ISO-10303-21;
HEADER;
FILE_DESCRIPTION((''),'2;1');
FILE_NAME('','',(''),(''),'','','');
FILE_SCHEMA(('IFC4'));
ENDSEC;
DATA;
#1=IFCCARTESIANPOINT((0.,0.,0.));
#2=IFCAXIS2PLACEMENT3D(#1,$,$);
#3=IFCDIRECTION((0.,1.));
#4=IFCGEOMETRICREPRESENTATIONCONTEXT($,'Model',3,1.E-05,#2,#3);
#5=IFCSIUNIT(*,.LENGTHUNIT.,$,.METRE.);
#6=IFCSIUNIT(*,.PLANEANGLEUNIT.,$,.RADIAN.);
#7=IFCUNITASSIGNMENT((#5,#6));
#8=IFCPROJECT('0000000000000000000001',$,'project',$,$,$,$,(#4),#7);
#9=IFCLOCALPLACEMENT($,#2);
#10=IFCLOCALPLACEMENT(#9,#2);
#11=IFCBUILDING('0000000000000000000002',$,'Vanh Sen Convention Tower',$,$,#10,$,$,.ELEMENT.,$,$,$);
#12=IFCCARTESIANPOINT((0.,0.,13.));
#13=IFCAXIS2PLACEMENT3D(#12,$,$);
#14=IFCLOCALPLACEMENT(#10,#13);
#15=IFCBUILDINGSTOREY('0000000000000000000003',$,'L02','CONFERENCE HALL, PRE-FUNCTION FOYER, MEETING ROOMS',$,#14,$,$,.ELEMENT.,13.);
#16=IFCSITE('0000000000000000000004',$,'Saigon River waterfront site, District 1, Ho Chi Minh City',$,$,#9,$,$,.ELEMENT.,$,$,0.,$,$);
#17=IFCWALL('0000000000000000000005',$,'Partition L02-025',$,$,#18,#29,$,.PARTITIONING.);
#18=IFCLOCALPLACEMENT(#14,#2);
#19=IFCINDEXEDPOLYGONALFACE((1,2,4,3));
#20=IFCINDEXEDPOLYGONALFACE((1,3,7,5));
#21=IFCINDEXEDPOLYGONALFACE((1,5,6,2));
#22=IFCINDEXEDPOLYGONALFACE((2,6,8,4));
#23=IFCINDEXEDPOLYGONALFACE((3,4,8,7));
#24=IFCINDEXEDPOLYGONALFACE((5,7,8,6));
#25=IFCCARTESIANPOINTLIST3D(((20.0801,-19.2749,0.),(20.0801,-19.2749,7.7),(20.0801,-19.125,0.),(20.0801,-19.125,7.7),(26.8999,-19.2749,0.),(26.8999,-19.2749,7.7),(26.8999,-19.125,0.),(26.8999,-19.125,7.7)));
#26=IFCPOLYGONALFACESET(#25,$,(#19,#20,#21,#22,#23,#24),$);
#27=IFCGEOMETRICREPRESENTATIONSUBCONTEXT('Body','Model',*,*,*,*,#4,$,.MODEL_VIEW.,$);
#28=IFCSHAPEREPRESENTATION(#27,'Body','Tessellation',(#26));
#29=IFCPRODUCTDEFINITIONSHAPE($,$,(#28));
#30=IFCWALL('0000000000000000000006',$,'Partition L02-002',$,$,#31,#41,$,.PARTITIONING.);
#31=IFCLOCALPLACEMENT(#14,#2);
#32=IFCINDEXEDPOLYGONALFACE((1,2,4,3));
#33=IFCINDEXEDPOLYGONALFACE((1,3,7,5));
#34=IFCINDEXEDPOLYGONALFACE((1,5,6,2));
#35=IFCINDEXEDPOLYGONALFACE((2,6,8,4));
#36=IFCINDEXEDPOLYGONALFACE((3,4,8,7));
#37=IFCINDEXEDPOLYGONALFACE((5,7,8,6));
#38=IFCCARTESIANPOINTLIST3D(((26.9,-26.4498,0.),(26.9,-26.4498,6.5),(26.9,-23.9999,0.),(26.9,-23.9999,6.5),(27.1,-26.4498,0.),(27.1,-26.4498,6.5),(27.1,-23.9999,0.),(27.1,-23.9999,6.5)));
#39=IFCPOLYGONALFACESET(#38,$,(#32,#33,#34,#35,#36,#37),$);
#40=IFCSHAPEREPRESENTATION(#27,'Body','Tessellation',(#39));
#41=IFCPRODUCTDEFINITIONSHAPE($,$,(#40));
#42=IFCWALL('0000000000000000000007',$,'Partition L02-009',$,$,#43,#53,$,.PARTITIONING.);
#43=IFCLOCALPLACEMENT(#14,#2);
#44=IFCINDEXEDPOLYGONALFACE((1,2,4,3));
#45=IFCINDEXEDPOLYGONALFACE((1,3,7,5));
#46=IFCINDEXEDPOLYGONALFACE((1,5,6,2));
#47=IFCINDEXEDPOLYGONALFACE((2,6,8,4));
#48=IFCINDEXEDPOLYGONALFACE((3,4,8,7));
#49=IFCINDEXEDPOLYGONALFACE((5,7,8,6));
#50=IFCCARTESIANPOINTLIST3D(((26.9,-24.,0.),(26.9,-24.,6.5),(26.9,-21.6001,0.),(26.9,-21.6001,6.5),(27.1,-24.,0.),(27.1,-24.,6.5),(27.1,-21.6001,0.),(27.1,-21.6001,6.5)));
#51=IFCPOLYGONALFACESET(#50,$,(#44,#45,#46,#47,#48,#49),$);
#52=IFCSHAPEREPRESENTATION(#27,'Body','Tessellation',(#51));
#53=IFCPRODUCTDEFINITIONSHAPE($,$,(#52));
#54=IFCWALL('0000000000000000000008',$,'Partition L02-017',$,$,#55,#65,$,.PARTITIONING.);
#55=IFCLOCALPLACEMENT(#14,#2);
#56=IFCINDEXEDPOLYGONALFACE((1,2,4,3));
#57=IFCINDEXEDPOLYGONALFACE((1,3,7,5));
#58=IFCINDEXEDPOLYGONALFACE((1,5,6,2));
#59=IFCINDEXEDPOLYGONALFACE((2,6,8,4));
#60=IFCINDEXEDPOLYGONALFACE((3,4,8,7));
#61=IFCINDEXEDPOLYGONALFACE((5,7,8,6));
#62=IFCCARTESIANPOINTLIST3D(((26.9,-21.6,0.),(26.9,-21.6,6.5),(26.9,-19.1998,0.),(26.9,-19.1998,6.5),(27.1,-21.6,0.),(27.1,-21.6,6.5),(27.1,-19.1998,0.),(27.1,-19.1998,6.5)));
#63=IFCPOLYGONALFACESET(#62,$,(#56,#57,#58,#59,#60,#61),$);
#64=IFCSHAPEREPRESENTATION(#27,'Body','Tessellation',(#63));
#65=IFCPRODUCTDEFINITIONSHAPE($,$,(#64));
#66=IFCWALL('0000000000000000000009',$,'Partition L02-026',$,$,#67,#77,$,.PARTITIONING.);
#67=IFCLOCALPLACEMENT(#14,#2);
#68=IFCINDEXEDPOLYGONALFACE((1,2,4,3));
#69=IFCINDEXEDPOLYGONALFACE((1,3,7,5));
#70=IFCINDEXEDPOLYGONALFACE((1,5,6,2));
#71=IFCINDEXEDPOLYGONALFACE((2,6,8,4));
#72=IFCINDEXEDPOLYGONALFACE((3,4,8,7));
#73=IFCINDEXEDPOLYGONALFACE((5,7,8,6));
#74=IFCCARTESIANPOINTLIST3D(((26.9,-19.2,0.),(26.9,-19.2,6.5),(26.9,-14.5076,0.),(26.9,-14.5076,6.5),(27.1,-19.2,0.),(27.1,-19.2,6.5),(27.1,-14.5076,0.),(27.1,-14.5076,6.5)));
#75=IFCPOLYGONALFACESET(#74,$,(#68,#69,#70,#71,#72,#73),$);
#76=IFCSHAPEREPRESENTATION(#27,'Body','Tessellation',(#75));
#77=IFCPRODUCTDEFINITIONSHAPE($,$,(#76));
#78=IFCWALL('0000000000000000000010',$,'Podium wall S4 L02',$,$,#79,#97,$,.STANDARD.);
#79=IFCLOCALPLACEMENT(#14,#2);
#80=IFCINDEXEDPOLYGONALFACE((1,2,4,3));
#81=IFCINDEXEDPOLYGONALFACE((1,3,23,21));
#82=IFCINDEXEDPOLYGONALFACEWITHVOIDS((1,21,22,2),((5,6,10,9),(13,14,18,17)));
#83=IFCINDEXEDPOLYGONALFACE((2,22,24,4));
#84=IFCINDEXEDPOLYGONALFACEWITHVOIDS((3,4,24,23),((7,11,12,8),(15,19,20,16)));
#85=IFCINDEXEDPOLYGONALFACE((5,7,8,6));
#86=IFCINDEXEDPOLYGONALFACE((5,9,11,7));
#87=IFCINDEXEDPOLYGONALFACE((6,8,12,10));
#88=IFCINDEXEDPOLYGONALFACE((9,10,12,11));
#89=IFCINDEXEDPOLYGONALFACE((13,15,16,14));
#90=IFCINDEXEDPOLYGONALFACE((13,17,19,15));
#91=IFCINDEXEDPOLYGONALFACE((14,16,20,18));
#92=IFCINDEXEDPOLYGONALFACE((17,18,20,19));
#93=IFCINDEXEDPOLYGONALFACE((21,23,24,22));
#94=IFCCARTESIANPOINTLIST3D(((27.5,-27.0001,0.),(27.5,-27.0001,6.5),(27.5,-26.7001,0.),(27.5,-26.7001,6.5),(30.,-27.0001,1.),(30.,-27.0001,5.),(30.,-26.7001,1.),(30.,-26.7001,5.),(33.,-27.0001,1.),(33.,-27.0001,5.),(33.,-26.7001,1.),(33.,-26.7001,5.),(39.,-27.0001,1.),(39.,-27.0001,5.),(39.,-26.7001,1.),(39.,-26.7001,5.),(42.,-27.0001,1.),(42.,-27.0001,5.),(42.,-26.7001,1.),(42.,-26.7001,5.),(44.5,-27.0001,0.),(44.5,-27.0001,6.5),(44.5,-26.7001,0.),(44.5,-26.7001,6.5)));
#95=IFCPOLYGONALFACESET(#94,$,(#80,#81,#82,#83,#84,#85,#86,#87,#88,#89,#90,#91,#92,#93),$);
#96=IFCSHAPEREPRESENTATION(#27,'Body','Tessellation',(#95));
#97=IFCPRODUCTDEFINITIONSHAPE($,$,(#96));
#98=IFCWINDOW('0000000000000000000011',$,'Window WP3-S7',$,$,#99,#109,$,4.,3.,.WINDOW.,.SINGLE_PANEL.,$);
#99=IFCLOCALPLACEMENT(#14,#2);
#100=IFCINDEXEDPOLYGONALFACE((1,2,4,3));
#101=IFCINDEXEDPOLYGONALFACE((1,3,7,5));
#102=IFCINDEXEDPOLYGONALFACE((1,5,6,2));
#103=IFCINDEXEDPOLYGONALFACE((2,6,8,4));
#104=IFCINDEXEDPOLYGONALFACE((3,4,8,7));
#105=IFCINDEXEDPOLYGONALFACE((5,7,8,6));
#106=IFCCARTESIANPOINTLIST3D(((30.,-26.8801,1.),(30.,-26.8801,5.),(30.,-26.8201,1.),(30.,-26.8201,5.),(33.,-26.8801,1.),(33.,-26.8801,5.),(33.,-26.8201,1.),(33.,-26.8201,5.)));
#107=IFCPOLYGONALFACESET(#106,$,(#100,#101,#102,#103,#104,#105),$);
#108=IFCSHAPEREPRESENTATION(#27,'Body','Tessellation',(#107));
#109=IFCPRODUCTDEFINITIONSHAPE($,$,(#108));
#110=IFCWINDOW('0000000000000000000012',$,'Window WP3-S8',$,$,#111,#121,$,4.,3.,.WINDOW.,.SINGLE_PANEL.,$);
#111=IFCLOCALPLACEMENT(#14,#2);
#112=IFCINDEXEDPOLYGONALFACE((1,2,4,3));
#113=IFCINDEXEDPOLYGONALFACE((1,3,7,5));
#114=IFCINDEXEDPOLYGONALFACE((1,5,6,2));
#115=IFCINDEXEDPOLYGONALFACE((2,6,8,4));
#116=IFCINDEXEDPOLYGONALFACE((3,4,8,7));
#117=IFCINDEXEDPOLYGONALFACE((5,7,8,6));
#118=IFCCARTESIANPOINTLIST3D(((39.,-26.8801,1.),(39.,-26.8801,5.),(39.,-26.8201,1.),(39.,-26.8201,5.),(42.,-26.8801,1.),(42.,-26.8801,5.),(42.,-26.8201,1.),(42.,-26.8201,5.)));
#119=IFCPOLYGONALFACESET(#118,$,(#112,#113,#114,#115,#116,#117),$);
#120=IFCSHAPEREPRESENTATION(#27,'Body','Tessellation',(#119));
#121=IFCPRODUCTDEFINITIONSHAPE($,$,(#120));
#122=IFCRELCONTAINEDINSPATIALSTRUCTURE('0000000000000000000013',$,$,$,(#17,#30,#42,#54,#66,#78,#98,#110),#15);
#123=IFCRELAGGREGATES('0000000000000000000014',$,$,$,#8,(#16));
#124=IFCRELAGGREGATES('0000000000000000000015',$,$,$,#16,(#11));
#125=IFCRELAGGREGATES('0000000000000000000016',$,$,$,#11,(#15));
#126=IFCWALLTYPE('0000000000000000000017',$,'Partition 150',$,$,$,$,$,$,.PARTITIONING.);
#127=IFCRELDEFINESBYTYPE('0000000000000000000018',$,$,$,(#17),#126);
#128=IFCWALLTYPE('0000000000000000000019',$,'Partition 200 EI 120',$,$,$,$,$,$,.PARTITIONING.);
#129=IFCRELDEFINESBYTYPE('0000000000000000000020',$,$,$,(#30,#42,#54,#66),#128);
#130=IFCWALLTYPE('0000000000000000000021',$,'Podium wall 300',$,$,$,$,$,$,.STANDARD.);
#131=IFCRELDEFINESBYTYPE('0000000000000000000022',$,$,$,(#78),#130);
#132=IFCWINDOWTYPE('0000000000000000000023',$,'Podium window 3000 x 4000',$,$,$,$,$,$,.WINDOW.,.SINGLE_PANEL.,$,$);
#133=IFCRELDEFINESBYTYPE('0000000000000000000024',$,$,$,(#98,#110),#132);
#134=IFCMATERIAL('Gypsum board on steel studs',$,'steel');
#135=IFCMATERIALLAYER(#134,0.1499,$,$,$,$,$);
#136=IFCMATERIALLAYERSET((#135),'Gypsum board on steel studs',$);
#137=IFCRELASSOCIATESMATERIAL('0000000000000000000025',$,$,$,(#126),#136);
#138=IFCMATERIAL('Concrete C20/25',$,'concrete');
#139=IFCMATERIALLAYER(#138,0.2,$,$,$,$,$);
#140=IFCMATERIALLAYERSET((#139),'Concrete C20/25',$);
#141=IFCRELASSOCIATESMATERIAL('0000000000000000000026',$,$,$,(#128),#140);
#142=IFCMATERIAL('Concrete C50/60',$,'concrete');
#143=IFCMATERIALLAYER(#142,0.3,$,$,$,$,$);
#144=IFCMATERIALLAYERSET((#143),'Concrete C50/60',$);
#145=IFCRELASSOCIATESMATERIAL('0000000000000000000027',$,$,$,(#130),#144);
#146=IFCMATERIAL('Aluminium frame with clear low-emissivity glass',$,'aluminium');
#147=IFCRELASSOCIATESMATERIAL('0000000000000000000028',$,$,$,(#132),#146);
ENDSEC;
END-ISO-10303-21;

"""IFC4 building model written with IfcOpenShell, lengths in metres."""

from ifc_helpers import new_model, si_unit, direction, frame, frame_2d, origin, place, context, subcontext, project, spatial, rectangle, extrude, material, layer, layer_set, type_object, element, fill, save


model = new_model("IFC4")

# Units and contexts
model_context = context("Model", 3, precision=1e-05, world=origin(), true_north=direction((0.0, 1.0)))
body_context = subcontext(model_context, "Body", "Model", "MODEL_VIEW")
ifc_project = project(units=[si_unit("LENGTHUNIT", "METRE"), si_unit("PLANEANGLEUNIT", "RADIAN")], contexts=[model_context])

# Site, building, storey
site_placement = place(None, origin())
site = spatial("IfcSite", under=ifc_project, at=site_placement, Name="Saigon River waterfront site, District 1, Ho Chi Minh City", CompositionType="ELEMENT", RefElevation=0.0)
building_placement = place(site_placement, origin())
building = spatial("IfcBuilding", under=site, at=building_placement, Name="Vanh Sen Convention Tower", CompositionType="ELEMENT")
storey_placement = place(building_placement, frame((0.0, 0.0, 13.0)))
storey = spatial("IfcBuildingStorey", under=building, at=storey_placement, Name="L02", Description="CONFERENCE HALL, PRE-FUNCTION FOYER, MEETING ROOMS", CompositionType="ELEMENT", Elevation=13.0)

# Shared definitions
ifc_material_1 = material(Name="Gypsum board on steel studs", Category="steel")
ifc_layer_1 = layer(ifc_material_1, 0.1499)
ifc_layer_set_1 = layer_set([ifc_layer_1], Name="Gypsum board on steel studs")
wall_type_1 = type_object("IfcWallType", Name="Partition 150", PredefinedType="PARTITIONING", material=ifc_layer_set_1)

# Walls
for number, where, z_axis, x_axis, name in (
    (1, (20.0801, -19.2, 0.0), (0.0, 0.0, 1.0), (1.0, 0.0, 0.0), "Partition L02-025"),
):
    element("IfcWall", number, at=place(storey_placement, frame(where, z_axis=z_axis, x_axis=x_axis)), inside=storey, type_object=wall_type_1, Name=name, PredefinedType="PARTITIONING", context=body_context, shape_type="SweptSolid", body=[
        extrude(rectangle(XDim=6.8198, YDim=0.1499, at=frame_2d((3.4099, 0.0))), origin(), (0.0, 0.0, 1.0), 7.7),
    ])
ifc_material_2 = material(Name="Concrete C20/25", Category="concrete")
ifc_layer_2 = layer(ifc_material_2, 0.2)
ifc_layer_set_2 = layer_set([ifc_layer_2], Name="Concrete C20/25")
wall_type_2 = type_object("IfcWallType", Name="Partition 200 EI 120", PredefinedType="PARTITIONING", material=ifc_layer_set_2)
wall_1_placement = place(storey_placement, frame((27.0, -26.45, 0.0), z_axis=(0.0, 0.0, 1.0), x_axis=(0.0, 1.0, 0.0)))
element("IfcWall", 2, at=wall_1_placement, inside=storey, type_object=wall_type_2, Name="Partition L02-002", PredefinedType="PARTITIONING", context=body_context, shape_type="SweptSolid", body=[
    extrude(rectangle(XDim=2.45, YDim=0.2, at=frame_2d((1.2251, 0.0))), origin(), (0.0, 0.0, 1.0), 6.5),
])
wall_2_placement = place(storey_placement, frame((27.0, -24.0, 0.0), z_axis=(0.0, 0.0, 1.0), x_axis=(0.0, 1.0, 0.0)))
element("IfcWall", 3, at=wall_2_placement, inside=storey, type_object=wall_type_2, Name="Partition L02-009", PredefinedType="PARTITIONING", context=body_context, shape_type="SweptSolid", body=[
    extrude(rectangle(XDim=2.3999, YDim=0.2, at=frame_2d((1.2, 0.0))), origin(), (0.0, 0.0, 1.0), 6.5),
])
wall_3_placement = place(storey_placement, frame((27.0, -21.6001, 0.0), z_axis=(0.0, 0.0, 1.0), x_axis=(0.0, 1.0, 0.0)))
element("IfcWall", 4, at=wall_3_placement, inside=storey, type_object=wall_type_2, Name="Partition L02-017", PredefinedType="PARTITIONING", context=body_context, shape_type="SweptSolid", body=[
    extrude(rectangle(XDim=2.4001, YDim=0.2, at=frame_2d((1.2002, 0.0))), origin(), (0.0, 0.0, 1.0), 6.5),
])
wall_4_placement = place(storey_placement, frame((27.0, -19.2, 0.0), z_axis=(0.0, 0.0, 1.0), x_axis=(0.0, 1.0, 0.0)))
element("IfcWall", 5, at=wall_4_placement, inside=storey, type_object=wall_type_2, Name="Partition L02-026", PredefinedType="PARTITIONING", context=body_context, shape_type="SweptSolid", body=[
    extrude(rectangle(XDim=4.6924, YDim=0.2, at=frame_2d((2.3462, 0.0))), origin(), (0.0, 0.0, 1.0), 6.5),
])

# Wall, openings, windows
ifc_material_3 = material(Name="Concrete C50/60", Category="concrete")
ifc_layer_3 = layer(ifc_material_3, 0.3)
ifc_layer_set_3 = layer_set([ifc_layer_3], Name="Concrete C50/60")
wall_type_3 = type_object("IfcWallType", Name="Podium wall 300", PredefinedType="STANDARD", material=ifc_layer_set_3)
wall_5_placement = place(storey_placement, frame((27.5, -26.8501, 0.0), z_axis=(0.0, 0.0, 1.0), x_axis=(1.0, 0.0, 0.0)))
wall_5 = element("IfcWall", 6, at=wall_5_placement, inside=storey, type_object=wall_type_3, Name="Podium wall S4 L02", PredefinedType="STANDARD", context=body_context, shape_type="SweptSolid", body=[
    extrude(rectangle(XDim=17.0, YDim=0.3, at=frame_2d((8.5, 0.0))), origin(), (0.0, 0.0, 1.0), 6.5),
])
opening_1_placement = place(wall_5_placement, frame((2.5, 0.0, 1.0)))
opening_1 = element("IfcOpeningElement", 7, at=opening_1_placement, cuts=wall_5, PredefinedType="OPENING", context=body_context, shape_type="SweptSolid", body=[
    extrude(rectangle(XDim=3.0, YDim=4.0, at=frame_2d((1.5, 2.0))), frame((0.0, 0.1599, 0.0), z_axis=(0.0, -1.0, 0.0), x_axis=(1.0, 0.0, 0.0)), (0.0, 0.0, 1.0), 0.3201),
])
opening_2_placement = place(wall_5_placement, frame((11.5, 0.0, 1.0)))
opening_2 = element("IfcOpeningElement", 8, at=opening_2_placement, cuts=wall_5, PredefinedType="OPENING", context=body_context, shape_type="SweptSolid", body=[
    extrude(rectangle(XDim=3.0, YDim=4.0, at=frame_2d((1.5, 2.0))), frame((0.0, 0.1599, 0.0), z_axis=(0.0, -1.0, 0.0), x_axis=(1.0, 0.0, 0.0)), (0.0, 0.0, 1.0), 0.3201),
])
ifc_material_4 = material(Name="Aluminium frame with clear low-emissivity glass", Category="aluminium")
window_type = type_object("IfcWindowType", Name="Podium window 3000 x 4000", PartitioningType="SINGLE_PANEL", PredefinedType="WINDOW", material=ifc_material_4)
window_1_placement = place(opening_1_placement, origin())
window_1 = element("IfcWindow", 9, at=window_1_placement, inside=storey, type_object=window_type, Name="Window WP3-S7", OverallHeight=4.0, OverallWidth=3.0, PartitioningType="SINGLE_PANEL", PredefinedType="WINDOW", context=body_context, shape_type="SweptSolid", body=[
    extrude(rectangle(XDim=3.0, YDim=4.0, at=frame_2d((1.5, 2.0))), frame((0.0, 0.03, 0.0), z_axis=(0.0, -1.0, 0.0), x_axis=(1.0, 0.0, 0.0)), (0.0, 0.0, 1.0), 0.0601),
])
fill(opening_1, window_1)
window_2_placement = place(opening_2_placement, origin())
window_2 = element("IfcWindow", 10, at=window_2_placement, inside=storey, type_object=window_type, Name="Window WP3-S8", OverallHeight=4.0, OverallWidth=3.0, PartitioningType="SINGLE_PANEL", PredefinedType="WINDOW", context=body_context, shape_type="SweptSolid", body=[
    extrude(rectangle(XDim=3.0, YDim=4.0, at=frame_2d((1.5, 2.0))), frame((0.0, 0.03, 0.0), z_axis=(0.0, -1.0, 0.0), x_axis=(1.0, 0.0, 0.0)), (0.0, 0.0, 1.0), 0.0601),
])
fill(opening_2, window_2)

save(model, "model.ifc")
